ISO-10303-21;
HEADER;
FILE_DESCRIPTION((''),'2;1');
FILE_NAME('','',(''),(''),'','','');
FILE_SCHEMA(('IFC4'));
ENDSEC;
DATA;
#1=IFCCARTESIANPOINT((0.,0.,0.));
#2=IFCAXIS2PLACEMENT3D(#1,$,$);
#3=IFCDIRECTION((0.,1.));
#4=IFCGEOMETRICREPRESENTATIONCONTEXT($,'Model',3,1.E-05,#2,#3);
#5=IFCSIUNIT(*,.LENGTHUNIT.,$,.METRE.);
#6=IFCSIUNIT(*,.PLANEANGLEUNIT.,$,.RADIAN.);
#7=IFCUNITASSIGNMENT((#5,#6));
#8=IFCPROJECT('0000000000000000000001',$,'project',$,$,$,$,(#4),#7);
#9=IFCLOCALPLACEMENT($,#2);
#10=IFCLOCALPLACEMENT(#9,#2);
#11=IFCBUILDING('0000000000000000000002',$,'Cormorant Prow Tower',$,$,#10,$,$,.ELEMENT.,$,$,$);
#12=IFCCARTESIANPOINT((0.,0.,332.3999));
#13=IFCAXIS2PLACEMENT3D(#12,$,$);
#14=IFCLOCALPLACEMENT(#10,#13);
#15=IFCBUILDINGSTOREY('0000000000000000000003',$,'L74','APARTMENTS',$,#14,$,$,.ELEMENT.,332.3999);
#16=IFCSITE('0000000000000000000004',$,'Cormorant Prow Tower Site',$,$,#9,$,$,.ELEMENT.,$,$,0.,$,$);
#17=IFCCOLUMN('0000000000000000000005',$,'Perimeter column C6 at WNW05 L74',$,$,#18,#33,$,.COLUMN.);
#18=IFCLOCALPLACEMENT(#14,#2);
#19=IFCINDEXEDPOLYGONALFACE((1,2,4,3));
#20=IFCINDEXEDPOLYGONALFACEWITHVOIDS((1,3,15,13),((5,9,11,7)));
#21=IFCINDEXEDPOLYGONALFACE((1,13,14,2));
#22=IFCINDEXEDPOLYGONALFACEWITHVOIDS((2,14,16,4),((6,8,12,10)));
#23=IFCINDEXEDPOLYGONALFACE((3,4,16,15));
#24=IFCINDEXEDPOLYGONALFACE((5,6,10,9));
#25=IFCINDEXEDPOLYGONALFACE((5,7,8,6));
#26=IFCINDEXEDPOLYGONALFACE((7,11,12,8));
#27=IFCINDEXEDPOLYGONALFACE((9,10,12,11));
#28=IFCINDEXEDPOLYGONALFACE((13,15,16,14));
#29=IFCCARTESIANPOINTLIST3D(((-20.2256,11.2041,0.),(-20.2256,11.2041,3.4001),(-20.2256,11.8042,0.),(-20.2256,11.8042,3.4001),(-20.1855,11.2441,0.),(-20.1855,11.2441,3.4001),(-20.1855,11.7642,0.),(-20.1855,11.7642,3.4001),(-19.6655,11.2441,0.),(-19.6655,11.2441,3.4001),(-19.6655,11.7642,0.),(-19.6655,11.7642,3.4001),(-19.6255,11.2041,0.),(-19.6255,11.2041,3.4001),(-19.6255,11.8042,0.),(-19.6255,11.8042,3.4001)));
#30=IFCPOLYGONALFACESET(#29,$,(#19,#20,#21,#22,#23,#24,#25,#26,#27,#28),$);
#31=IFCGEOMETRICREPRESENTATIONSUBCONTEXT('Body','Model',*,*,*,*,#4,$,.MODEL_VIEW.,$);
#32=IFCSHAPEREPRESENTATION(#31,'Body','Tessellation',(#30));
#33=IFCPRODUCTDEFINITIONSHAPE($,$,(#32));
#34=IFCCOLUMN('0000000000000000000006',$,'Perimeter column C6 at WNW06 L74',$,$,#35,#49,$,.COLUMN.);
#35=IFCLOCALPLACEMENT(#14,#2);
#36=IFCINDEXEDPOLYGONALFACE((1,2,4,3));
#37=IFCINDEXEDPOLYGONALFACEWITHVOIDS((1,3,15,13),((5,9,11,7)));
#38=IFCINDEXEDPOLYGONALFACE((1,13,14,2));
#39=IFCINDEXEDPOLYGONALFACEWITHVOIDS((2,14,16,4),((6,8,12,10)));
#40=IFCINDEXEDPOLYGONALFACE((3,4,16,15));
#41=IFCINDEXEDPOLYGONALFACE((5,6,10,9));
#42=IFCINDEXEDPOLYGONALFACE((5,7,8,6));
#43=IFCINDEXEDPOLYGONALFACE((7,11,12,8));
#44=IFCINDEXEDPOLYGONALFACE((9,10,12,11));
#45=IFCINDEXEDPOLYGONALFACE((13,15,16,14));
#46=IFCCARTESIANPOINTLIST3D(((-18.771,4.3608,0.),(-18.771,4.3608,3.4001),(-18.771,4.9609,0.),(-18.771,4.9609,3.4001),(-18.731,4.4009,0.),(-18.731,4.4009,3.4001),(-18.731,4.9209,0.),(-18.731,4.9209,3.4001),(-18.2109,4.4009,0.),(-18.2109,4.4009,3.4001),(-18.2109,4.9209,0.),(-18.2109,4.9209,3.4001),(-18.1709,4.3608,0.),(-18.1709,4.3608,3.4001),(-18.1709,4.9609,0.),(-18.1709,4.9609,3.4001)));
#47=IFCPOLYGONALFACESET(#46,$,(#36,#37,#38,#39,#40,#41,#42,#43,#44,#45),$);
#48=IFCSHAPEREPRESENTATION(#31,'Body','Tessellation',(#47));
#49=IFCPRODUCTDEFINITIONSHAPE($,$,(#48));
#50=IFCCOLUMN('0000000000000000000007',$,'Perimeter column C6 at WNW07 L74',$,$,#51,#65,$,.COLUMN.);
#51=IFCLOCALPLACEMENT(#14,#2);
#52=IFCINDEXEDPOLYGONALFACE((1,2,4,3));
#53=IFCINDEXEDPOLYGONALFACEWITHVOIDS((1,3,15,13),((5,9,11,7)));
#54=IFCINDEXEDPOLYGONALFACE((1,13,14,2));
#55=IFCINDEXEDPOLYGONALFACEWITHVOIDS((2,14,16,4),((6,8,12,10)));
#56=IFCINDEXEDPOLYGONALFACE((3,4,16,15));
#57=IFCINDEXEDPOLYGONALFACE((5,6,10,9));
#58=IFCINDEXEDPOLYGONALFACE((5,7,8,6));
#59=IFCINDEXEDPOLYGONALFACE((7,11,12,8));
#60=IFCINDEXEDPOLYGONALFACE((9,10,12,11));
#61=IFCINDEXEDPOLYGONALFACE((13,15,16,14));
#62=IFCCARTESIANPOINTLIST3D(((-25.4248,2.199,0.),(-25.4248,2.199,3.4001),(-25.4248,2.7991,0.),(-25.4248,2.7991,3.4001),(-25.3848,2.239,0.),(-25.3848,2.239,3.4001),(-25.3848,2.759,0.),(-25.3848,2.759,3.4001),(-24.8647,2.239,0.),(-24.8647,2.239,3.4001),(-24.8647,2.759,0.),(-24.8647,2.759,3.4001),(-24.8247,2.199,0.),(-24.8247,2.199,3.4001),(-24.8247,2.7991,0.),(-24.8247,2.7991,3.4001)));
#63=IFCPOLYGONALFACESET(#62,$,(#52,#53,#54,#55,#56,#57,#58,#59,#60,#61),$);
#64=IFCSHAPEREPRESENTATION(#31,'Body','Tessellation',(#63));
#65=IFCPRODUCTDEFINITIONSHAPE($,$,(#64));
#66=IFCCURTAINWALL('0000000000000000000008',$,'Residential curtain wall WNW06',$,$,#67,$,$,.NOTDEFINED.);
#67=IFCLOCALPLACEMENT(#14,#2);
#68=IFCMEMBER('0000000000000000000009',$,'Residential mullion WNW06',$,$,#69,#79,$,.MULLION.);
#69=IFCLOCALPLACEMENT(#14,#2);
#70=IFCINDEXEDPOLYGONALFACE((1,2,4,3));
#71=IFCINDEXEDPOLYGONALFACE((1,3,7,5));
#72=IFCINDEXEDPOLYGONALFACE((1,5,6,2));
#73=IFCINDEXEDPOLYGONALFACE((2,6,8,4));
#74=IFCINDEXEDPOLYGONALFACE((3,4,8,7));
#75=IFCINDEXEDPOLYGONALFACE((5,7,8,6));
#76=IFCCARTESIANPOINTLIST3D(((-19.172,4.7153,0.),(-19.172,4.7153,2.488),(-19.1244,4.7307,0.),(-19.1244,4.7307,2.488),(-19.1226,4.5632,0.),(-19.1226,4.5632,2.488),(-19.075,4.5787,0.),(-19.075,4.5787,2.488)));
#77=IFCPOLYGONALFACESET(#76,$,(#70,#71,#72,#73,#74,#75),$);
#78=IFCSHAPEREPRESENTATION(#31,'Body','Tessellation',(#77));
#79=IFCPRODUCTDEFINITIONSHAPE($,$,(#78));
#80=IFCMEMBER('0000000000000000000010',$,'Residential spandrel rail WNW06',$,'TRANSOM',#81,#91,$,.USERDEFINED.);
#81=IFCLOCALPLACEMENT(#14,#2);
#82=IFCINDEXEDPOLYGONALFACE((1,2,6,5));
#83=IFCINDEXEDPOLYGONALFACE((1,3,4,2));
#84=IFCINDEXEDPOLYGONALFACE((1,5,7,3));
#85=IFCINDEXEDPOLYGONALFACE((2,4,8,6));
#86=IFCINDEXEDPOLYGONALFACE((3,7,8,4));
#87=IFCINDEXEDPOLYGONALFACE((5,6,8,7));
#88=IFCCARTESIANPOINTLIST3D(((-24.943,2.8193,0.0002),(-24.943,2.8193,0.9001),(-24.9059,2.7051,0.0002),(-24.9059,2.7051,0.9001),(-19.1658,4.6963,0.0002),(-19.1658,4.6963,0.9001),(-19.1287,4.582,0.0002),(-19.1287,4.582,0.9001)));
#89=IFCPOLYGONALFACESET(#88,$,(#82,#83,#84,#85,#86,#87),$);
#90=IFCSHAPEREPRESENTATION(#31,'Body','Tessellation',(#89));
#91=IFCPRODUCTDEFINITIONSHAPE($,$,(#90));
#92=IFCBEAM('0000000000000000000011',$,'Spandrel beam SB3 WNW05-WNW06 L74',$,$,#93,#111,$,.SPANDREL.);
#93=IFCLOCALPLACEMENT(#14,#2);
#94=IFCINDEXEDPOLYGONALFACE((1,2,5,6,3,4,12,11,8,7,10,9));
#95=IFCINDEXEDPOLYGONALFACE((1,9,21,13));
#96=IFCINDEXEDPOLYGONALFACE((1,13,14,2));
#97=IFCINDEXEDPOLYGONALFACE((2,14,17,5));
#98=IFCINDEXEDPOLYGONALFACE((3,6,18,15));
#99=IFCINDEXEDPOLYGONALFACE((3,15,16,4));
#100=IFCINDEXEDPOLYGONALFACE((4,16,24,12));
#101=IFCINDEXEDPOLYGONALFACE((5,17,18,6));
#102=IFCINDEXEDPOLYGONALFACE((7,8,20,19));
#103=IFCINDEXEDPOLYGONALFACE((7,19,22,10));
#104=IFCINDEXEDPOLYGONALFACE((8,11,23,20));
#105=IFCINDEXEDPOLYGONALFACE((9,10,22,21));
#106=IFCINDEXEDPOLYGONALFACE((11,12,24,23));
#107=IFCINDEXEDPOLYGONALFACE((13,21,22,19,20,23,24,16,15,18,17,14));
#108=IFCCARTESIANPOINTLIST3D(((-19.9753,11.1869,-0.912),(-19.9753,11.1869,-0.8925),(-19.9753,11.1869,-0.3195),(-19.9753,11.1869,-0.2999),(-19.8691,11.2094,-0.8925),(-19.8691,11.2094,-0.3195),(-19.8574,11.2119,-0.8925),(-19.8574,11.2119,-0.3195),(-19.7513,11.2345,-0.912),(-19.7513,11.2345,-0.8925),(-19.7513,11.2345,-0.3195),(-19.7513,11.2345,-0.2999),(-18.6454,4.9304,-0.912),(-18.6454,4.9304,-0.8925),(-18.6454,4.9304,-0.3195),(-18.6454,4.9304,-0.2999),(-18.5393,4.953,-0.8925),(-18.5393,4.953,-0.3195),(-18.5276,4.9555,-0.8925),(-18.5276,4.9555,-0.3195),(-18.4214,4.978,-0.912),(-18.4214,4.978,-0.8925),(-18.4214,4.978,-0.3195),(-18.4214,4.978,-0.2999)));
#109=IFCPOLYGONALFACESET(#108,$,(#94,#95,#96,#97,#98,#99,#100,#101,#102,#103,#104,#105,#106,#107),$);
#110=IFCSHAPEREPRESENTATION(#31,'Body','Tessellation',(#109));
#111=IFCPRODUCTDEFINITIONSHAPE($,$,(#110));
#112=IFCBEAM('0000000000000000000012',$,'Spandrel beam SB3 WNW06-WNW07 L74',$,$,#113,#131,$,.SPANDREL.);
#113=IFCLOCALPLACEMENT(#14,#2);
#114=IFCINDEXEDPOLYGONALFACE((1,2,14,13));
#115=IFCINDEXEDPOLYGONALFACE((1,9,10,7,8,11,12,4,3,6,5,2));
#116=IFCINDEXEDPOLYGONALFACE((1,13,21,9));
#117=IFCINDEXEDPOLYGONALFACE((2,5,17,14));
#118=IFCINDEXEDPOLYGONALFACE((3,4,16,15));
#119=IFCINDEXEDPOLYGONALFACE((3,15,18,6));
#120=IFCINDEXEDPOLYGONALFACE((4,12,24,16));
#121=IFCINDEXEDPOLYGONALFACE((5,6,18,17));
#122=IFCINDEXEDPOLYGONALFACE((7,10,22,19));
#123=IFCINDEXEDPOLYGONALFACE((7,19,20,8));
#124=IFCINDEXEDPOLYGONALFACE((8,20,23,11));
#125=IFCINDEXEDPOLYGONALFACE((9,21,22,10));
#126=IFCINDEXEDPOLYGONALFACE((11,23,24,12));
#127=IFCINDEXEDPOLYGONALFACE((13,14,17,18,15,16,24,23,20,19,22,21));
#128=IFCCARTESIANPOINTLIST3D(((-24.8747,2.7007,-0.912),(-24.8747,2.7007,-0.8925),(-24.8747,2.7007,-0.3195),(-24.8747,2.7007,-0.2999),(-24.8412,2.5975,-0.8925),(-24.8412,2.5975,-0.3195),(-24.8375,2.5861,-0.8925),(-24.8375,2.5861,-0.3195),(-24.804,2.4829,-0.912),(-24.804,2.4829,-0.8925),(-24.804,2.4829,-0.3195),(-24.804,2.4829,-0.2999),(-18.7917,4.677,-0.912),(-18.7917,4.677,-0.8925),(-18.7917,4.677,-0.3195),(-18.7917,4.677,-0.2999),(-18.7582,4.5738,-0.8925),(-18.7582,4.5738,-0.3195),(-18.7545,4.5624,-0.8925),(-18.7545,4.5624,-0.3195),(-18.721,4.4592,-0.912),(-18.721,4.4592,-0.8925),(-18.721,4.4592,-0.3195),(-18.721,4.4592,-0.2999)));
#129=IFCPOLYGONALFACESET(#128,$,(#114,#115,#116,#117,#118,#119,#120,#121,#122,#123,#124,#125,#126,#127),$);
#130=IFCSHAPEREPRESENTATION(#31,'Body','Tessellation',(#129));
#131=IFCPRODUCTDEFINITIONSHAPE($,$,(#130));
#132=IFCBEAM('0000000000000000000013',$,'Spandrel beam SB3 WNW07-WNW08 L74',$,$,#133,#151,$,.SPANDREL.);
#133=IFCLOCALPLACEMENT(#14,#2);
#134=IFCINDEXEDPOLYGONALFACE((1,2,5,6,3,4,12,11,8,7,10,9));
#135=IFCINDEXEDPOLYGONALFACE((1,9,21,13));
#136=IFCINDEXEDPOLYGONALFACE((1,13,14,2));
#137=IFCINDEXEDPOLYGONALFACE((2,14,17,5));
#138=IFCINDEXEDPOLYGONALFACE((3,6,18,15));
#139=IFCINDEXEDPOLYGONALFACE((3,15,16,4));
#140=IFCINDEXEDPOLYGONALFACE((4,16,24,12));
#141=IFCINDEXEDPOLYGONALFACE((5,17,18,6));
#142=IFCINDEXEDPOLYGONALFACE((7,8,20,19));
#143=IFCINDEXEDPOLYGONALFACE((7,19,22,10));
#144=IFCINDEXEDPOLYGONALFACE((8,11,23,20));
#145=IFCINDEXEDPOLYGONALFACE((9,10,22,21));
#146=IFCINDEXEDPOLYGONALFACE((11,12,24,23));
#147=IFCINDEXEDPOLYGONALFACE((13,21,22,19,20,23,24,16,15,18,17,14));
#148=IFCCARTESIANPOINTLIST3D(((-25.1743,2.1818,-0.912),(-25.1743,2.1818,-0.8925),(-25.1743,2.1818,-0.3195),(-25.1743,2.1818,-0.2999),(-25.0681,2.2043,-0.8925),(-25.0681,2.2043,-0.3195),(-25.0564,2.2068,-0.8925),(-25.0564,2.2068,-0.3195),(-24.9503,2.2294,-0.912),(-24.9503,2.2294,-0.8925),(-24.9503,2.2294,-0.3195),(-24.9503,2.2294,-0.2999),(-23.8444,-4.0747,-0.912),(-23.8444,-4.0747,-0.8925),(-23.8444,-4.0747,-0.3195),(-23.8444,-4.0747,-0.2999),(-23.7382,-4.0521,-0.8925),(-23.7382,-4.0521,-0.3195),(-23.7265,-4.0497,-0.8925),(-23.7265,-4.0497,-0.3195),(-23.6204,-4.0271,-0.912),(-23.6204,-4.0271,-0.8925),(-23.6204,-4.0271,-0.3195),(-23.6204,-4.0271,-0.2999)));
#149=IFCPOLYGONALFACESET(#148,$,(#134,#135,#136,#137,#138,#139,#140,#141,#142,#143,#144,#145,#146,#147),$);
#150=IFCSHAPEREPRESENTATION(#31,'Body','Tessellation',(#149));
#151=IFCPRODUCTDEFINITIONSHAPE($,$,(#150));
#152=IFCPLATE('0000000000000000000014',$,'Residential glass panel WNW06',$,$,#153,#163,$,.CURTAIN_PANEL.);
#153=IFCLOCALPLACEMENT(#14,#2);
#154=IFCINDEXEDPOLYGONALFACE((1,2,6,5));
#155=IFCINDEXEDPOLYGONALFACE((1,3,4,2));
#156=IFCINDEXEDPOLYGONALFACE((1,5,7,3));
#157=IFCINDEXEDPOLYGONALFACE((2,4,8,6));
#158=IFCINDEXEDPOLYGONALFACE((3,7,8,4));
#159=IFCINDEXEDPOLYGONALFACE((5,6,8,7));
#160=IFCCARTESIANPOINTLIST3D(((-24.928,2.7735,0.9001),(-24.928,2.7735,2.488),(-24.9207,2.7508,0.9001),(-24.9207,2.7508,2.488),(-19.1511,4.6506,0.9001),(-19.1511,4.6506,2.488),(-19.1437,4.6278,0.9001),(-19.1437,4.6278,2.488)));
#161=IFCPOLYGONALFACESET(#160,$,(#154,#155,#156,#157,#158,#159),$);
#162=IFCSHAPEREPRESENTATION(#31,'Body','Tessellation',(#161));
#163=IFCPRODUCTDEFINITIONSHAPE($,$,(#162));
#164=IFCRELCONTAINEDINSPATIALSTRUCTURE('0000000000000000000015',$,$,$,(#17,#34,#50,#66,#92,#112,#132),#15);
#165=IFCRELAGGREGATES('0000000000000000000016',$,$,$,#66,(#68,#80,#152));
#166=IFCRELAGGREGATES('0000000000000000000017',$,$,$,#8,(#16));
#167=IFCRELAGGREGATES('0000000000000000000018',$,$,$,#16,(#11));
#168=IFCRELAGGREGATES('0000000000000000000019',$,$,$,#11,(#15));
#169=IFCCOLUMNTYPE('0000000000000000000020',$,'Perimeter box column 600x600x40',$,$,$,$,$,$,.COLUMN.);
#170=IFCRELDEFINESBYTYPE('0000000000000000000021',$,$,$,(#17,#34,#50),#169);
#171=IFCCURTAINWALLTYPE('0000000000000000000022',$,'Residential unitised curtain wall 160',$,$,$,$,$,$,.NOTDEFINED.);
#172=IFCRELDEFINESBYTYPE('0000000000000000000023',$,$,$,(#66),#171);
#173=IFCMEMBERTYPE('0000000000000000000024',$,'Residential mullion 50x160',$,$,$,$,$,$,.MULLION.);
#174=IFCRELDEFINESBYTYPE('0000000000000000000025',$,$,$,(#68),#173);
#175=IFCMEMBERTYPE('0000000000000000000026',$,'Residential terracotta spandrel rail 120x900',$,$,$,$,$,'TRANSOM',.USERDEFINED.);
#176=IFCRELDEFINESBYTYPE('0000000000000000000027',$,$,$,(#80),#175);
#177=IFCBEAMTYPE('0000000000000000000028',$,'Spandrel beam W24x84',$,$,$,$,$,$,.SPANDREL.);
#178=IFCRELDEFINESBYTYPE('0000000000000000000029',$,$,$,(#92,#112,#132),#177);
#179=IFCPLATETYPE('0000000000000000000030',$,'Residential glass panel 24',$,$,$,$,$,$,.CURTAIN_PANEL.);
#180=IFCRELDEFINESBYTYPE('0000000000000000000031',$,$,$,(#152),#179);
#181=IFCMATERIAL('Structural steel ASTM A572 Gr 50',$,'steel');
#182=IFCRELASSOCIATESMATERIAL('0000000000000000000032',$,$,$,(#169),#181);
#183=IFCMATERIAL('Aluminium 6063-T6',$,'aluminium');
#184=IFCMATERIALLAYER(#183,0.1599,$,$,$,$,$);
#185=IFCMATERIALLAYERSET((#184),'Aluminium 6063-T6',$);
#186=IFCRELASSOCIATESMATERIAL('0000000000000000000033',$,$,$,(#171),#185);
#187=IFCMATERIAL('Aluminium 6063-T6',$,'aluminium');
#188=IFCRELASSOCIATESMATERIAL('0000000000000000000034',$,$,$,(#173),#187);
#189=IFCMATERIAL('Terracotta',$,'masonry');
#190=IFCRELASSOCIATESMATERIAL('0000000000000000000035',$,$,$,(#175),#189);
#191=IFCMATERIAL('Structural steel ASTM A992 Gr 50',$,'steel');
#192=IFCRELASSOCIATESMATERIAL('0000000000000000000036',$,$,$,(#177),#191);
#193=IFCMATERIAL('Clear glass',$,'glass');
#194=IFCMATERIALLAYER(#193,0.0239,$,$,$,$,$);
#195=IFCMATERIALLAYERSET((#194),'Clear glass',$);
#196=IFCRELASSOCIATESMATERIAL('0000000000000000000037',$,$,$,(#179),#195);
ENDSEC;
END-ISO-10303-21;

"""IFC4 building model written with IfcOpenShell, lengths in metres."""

from ifc_helpers import new_model, si_unit, direction, frame, origin, origin_2d, place, context, subcontext, project, spatial, rectangle, hollow_rectangle, i_section, extrude, material, layer, layer_set, material_profile, profile_set, type_object, element, aggregate, save


model = new_model("IFC4")

# Units and contexts
model_context = context("Model", 3, precision=1e-05, world=origin(), true_north=direction((0.0, 1.0)))
body_context = subcontext(model_context, "Body", "Model", "MODEL_VIEW")
ifc_project = project(units=[si_unit("LENGTHUNIT", "METRE"), si_unit("PLANEANGLEUNIT", "RADIAN")], contexts=[model_context])

# Site, building, storey
site_placement = place(None, origin())
site = spatial("IfcSite", under=ifc_project, at=site_placement, Name="Cormorant Prow Tower Site", CompositionType="ELEMENT", RefElevation=0.0)
building_placement = place(site_placement, origin())
building = spatial("IfcBuilding", under=site, at=building_placement, Name="Cormorant Prow Tower", CompositionType="ELEMENT")
storey_placement = place(building_placement, frame((0.0, 0.0, 332.3999)))
storey = spatial("IfcBuildingStorey", under=building, at=storey_placement, Name="L74", Description="APARTMENTS", CompositionType="ELEMENT", Elevation=332.3999)

# Columns
ifc_material_1 = material(Name="Structural steel ASTM A572 Gr 50", Category="steel")
ifc_material_profile_1 = material_profile(ifc_material_1, hollow_rectangle(XDim=0.6001, YDim=0.6001, WallThickness=0.04, at=origin_2d()), Name="Box 600x600x40")
ifc_profile_set_1 = profile_set([ifc_material_profile_1], Name="Structural steel ASTM A572 Gr 50")
column_type = type_object("IfcColumnType", Name="Perimeter box column 600x600x40", PredefinedType="COLUMN", material=ifc_profile_set_1)
for number, where, z_axis, x_axis, name in (
    (1, (-19.9255, 11.5042, 0.0), (0.0, 0.0, 1.0), (1.0, 0.0, 0.0), "Perimeter column C6 at WNW05 L74"),
    (2, (-18.4709, 4.6609, 0.0), (0.0, 0.0, 1.0), (1.0, 0.0, 0.0), "Perimeter column C6 at WNW06 L74"),
    (3, (-25.1248, 2.499, 0.0), (0.0, 0.0, 1.0), (1.0, 0.0, 0.0), "Perimeter column C6 at WNW07 L74"),
):
    element("IfcColumn", number, at=place(storey_placement, frame(where, z_axis=z_axis, x_axis=x_axis)), inside=storey, type_object=column_type, Name=name, PredefinedType="COLUMN", context=body_context, shape_type="SweptSolid", body=[
        extrude(hollow_rectangle(XDim=0.6001, YDim=0.6001, WallThickness=0.04, at=origin_2d()), origin(), (0.0, 0.0, 1.0), 3.4001),
    ])

# Curtain wall, members
ifc_material_2 = material(Name="Aluminium 6063-T6", Category="aluminium")
ifc_layer_1 = layer(ifc_material_2, 0.1599)
ifc_layer_set_1 = layer_set([ifc_layer_1], Name="Aluminium 6063-T6")
curtain_wall_type = type_object("IfcCurtainWallType", Name="Residential unitised curtain wall 160", PredefinedType="NOTDEFINED", material=ifc_layer_set_1)
curtain_wall_placement = place(storey_placement, origin())
curtain_wall = element("IfcCurtainWall", 4, at=curtain_wall_placement, inside=storey, type_object=curtain_wall_type, Name="Residential curtain wall WNW06", PredefinedType="NOTDEFINED")
ifc_material_3 = material(Name="Aluminium 6063-T6", Category="aluminium")
ifc_material_profile_2 = material_profile(ifc_material_3, rectangle(XDim=0.1599, YDim=0.05, at=origin_2d()), Name="Residential mullion 50x160")
ifc_profile_set_2 = profile_set([ifc_material_profile_2], Name="Aluminium 6063-T6")
member_type_1 = type_object("IfcMemberType", Name="Residential mullion 50x160", PredefinedType="MULLION", material=ifc_profile_set_2)
member_1_placement = place(storey_placement, frame((-19.1235, 4.647, 0.0), z_axis=(0.0, 0.0, 1.0), x_axis=(0.309017, -0.951057, 0.0)))
member_1 = element("IfcMember", 5, at=member_1_placement, type_object=member_type_1, Name="Residential mullion WNW06", PredefinedType="MULLION", context=body_context, shape_type="SweptSolid", body=[
    extrude(rectangle(XDim=0.1599, YDim=0.05, at=origin_2d()), origin(), (0.0, 0.0, 1.0), 2.488),
])
ifc_material_4 = material(Name="Terracotta", Category="masonry")
ifc_material_profile_3 = material_profile(ifc_material_4, rectangle(XDim=0.1201, YDim=0.8999, at=origin_2d()), Name="Residential terracotta spandrel rail 120x900")
ifc_profile_set_3 = profile_set([ifc_material_profile_3], Name="Terracotta")
member_type_2 = type_object("IfcMemberType", Name="Residential terracotta spandrel rail 120x900", ElementType="TRANSOM", PredefinedType="USERDEFINED", material=ifc_profile_set_3)
member_2_placement = place(storey_placement, frame((-19.1472, 4.6392, 0.4502), z_axis=(-0.951063, -0.308996, 0.0), x_axis=(0.308996, -0.951063, 0.0)))
member_2 = element("IfcMember", 6, at=member_2_placement, type_object=member_type_2, Name="Residential spandrel rail WNW06", ObjectType="TRANSOM", PredefinedType="USERDEFINED", context=body_context, shape_type="SweptSolid", body=[
    extrude(rectangle(XDim=0.1201, YDim=0.8999, at=origin_2d()), origin(), (0.0, 0.0, 1.0), 6.0745),
])

# Beams
ifc_material_5 = material(Name="Structural steel ASTM A992 Gr 50", Category="steel")
ifc_material_profile_4 = material_profile(ifc_material_5, i_section(OverallWidth=0.229, OverallDepth=0.6121, WebThickness=0.012, FlangeThickness=0.0195, at=origin_2d()), Name="W24x84")
ifc_profile_set_4 = profile_set([ifc_material_profile_4], Name="Structural steel ASTM A992 Gr 50")
beam_type = type_object("IfcBeamType", Name="Spandrel beam W24x84", PredefinedType="SPANDREL", material=ifc_profile_set_4)
beam_1_placement = place(storey_placement, frame((-19.8633, 11.2107, -0.606), z_axis=(0.207913, -0.978147, 0.0), x_axis=(0.978147, 0.207913, 0.0)))
element("IfcBeam", 7, at=beam_1_placement, inside=storey, type_object=beam_type, Name="Spandrel beam SB3 WNW05-WNW06 L74", PredefinedType="SPANDREL", context=body_context, shape_type="SweptSolid", body=[
    extrude(i_section(OverallWidth=0.229, OverallDepth=0.6121, WebThickness=0.012, FlangeThickness=0.0195, at=origin_2d()), origin(), (0.0, 0.0, 1.0), 6.3962),
])
beam_2_placement = place(storey_placement, frame((-18.7563, 4.5681, -0.606), z_axis=(-0.951064, -0.308993, 0.0), x_axis=(0.308993, -0.951064, 0.0)))
element("IfcBeam", 8, at=beam_2_placement, inside=storey, type_object=beam_type, Name="Spandrel beam SB3 WNW06-WNW07 L74", PredefinedType="SPANDREL", context=body_context, shape_type="SweptSolid", body=[
    extrude(i_section(OverallWidth=0.229, OverallDepth=0.6121, WebThickness=0.012, FlangeThickness=0.0195, at=origin_2d()), origin(), (0.0, 0.0, 1.0), 6.396),
])
beam_3_placement = place(storey_placement, frame((-25.0623, 2.2056, -0.606), z_axis=(0.207913, -0.978147, 0.0), x_axis=(0.978147, 0.207913, 0.0)))
element("IfcBeam", 9, at=beam_3_placement, inside=storey, type_object=beam_type, Name="Spandrel beam SB3 WNW07-WNW08 L74", PredefinedType="SPANDREL", context=body_context, shape_type="SweptSolid", body=[
    extrude(i_section(OverallWidth=0.229, OverallDepth=0.6121, WebThickness=0.012, FlangeThickness=0.0195, at=origin_2d()), origin(), (0.0, 0.0, 1.0), 6.3962),
])

# Plate
ifc_material_6 = material(Name="Clear glass", Category="glass")
ifc_layer_2 = layer(ifc_material_6, 0.0239)
ifc_layer_set_2 = layer_set([ifc_layer_2], Name="Clear glass")
plate_type = type_object("IfcPlateType", Name="Residential glass panel 24", PredefinedType="CURTAIN_PANEL", material=ifc_layer_set_2)
plate_placement = place(storey_placement, frame((-22.0359, 3.7007, 0.9001), z_axis=(0.0, 0.0, 1.0), x_axis=(-0.951057, -0.309017, 0.0)))
plate = element("IfcPlate", 10, at=plate_placement, type_object=plate_type, Name="Residential glass panel WNW06", PredefinedType="CURTAIN_PANEL", context=body_context, shape_type="SweptSolid", body=[
    extrude(rectangle(XDim=6.0742, YDim=0.0239, at=origin_2d()), origin(), (0.0, 0.0, 1.0), 1.5879),
])
aggregate(curtain_wall, [member_1, member_2, plate])

save(model, "model.ifc")
